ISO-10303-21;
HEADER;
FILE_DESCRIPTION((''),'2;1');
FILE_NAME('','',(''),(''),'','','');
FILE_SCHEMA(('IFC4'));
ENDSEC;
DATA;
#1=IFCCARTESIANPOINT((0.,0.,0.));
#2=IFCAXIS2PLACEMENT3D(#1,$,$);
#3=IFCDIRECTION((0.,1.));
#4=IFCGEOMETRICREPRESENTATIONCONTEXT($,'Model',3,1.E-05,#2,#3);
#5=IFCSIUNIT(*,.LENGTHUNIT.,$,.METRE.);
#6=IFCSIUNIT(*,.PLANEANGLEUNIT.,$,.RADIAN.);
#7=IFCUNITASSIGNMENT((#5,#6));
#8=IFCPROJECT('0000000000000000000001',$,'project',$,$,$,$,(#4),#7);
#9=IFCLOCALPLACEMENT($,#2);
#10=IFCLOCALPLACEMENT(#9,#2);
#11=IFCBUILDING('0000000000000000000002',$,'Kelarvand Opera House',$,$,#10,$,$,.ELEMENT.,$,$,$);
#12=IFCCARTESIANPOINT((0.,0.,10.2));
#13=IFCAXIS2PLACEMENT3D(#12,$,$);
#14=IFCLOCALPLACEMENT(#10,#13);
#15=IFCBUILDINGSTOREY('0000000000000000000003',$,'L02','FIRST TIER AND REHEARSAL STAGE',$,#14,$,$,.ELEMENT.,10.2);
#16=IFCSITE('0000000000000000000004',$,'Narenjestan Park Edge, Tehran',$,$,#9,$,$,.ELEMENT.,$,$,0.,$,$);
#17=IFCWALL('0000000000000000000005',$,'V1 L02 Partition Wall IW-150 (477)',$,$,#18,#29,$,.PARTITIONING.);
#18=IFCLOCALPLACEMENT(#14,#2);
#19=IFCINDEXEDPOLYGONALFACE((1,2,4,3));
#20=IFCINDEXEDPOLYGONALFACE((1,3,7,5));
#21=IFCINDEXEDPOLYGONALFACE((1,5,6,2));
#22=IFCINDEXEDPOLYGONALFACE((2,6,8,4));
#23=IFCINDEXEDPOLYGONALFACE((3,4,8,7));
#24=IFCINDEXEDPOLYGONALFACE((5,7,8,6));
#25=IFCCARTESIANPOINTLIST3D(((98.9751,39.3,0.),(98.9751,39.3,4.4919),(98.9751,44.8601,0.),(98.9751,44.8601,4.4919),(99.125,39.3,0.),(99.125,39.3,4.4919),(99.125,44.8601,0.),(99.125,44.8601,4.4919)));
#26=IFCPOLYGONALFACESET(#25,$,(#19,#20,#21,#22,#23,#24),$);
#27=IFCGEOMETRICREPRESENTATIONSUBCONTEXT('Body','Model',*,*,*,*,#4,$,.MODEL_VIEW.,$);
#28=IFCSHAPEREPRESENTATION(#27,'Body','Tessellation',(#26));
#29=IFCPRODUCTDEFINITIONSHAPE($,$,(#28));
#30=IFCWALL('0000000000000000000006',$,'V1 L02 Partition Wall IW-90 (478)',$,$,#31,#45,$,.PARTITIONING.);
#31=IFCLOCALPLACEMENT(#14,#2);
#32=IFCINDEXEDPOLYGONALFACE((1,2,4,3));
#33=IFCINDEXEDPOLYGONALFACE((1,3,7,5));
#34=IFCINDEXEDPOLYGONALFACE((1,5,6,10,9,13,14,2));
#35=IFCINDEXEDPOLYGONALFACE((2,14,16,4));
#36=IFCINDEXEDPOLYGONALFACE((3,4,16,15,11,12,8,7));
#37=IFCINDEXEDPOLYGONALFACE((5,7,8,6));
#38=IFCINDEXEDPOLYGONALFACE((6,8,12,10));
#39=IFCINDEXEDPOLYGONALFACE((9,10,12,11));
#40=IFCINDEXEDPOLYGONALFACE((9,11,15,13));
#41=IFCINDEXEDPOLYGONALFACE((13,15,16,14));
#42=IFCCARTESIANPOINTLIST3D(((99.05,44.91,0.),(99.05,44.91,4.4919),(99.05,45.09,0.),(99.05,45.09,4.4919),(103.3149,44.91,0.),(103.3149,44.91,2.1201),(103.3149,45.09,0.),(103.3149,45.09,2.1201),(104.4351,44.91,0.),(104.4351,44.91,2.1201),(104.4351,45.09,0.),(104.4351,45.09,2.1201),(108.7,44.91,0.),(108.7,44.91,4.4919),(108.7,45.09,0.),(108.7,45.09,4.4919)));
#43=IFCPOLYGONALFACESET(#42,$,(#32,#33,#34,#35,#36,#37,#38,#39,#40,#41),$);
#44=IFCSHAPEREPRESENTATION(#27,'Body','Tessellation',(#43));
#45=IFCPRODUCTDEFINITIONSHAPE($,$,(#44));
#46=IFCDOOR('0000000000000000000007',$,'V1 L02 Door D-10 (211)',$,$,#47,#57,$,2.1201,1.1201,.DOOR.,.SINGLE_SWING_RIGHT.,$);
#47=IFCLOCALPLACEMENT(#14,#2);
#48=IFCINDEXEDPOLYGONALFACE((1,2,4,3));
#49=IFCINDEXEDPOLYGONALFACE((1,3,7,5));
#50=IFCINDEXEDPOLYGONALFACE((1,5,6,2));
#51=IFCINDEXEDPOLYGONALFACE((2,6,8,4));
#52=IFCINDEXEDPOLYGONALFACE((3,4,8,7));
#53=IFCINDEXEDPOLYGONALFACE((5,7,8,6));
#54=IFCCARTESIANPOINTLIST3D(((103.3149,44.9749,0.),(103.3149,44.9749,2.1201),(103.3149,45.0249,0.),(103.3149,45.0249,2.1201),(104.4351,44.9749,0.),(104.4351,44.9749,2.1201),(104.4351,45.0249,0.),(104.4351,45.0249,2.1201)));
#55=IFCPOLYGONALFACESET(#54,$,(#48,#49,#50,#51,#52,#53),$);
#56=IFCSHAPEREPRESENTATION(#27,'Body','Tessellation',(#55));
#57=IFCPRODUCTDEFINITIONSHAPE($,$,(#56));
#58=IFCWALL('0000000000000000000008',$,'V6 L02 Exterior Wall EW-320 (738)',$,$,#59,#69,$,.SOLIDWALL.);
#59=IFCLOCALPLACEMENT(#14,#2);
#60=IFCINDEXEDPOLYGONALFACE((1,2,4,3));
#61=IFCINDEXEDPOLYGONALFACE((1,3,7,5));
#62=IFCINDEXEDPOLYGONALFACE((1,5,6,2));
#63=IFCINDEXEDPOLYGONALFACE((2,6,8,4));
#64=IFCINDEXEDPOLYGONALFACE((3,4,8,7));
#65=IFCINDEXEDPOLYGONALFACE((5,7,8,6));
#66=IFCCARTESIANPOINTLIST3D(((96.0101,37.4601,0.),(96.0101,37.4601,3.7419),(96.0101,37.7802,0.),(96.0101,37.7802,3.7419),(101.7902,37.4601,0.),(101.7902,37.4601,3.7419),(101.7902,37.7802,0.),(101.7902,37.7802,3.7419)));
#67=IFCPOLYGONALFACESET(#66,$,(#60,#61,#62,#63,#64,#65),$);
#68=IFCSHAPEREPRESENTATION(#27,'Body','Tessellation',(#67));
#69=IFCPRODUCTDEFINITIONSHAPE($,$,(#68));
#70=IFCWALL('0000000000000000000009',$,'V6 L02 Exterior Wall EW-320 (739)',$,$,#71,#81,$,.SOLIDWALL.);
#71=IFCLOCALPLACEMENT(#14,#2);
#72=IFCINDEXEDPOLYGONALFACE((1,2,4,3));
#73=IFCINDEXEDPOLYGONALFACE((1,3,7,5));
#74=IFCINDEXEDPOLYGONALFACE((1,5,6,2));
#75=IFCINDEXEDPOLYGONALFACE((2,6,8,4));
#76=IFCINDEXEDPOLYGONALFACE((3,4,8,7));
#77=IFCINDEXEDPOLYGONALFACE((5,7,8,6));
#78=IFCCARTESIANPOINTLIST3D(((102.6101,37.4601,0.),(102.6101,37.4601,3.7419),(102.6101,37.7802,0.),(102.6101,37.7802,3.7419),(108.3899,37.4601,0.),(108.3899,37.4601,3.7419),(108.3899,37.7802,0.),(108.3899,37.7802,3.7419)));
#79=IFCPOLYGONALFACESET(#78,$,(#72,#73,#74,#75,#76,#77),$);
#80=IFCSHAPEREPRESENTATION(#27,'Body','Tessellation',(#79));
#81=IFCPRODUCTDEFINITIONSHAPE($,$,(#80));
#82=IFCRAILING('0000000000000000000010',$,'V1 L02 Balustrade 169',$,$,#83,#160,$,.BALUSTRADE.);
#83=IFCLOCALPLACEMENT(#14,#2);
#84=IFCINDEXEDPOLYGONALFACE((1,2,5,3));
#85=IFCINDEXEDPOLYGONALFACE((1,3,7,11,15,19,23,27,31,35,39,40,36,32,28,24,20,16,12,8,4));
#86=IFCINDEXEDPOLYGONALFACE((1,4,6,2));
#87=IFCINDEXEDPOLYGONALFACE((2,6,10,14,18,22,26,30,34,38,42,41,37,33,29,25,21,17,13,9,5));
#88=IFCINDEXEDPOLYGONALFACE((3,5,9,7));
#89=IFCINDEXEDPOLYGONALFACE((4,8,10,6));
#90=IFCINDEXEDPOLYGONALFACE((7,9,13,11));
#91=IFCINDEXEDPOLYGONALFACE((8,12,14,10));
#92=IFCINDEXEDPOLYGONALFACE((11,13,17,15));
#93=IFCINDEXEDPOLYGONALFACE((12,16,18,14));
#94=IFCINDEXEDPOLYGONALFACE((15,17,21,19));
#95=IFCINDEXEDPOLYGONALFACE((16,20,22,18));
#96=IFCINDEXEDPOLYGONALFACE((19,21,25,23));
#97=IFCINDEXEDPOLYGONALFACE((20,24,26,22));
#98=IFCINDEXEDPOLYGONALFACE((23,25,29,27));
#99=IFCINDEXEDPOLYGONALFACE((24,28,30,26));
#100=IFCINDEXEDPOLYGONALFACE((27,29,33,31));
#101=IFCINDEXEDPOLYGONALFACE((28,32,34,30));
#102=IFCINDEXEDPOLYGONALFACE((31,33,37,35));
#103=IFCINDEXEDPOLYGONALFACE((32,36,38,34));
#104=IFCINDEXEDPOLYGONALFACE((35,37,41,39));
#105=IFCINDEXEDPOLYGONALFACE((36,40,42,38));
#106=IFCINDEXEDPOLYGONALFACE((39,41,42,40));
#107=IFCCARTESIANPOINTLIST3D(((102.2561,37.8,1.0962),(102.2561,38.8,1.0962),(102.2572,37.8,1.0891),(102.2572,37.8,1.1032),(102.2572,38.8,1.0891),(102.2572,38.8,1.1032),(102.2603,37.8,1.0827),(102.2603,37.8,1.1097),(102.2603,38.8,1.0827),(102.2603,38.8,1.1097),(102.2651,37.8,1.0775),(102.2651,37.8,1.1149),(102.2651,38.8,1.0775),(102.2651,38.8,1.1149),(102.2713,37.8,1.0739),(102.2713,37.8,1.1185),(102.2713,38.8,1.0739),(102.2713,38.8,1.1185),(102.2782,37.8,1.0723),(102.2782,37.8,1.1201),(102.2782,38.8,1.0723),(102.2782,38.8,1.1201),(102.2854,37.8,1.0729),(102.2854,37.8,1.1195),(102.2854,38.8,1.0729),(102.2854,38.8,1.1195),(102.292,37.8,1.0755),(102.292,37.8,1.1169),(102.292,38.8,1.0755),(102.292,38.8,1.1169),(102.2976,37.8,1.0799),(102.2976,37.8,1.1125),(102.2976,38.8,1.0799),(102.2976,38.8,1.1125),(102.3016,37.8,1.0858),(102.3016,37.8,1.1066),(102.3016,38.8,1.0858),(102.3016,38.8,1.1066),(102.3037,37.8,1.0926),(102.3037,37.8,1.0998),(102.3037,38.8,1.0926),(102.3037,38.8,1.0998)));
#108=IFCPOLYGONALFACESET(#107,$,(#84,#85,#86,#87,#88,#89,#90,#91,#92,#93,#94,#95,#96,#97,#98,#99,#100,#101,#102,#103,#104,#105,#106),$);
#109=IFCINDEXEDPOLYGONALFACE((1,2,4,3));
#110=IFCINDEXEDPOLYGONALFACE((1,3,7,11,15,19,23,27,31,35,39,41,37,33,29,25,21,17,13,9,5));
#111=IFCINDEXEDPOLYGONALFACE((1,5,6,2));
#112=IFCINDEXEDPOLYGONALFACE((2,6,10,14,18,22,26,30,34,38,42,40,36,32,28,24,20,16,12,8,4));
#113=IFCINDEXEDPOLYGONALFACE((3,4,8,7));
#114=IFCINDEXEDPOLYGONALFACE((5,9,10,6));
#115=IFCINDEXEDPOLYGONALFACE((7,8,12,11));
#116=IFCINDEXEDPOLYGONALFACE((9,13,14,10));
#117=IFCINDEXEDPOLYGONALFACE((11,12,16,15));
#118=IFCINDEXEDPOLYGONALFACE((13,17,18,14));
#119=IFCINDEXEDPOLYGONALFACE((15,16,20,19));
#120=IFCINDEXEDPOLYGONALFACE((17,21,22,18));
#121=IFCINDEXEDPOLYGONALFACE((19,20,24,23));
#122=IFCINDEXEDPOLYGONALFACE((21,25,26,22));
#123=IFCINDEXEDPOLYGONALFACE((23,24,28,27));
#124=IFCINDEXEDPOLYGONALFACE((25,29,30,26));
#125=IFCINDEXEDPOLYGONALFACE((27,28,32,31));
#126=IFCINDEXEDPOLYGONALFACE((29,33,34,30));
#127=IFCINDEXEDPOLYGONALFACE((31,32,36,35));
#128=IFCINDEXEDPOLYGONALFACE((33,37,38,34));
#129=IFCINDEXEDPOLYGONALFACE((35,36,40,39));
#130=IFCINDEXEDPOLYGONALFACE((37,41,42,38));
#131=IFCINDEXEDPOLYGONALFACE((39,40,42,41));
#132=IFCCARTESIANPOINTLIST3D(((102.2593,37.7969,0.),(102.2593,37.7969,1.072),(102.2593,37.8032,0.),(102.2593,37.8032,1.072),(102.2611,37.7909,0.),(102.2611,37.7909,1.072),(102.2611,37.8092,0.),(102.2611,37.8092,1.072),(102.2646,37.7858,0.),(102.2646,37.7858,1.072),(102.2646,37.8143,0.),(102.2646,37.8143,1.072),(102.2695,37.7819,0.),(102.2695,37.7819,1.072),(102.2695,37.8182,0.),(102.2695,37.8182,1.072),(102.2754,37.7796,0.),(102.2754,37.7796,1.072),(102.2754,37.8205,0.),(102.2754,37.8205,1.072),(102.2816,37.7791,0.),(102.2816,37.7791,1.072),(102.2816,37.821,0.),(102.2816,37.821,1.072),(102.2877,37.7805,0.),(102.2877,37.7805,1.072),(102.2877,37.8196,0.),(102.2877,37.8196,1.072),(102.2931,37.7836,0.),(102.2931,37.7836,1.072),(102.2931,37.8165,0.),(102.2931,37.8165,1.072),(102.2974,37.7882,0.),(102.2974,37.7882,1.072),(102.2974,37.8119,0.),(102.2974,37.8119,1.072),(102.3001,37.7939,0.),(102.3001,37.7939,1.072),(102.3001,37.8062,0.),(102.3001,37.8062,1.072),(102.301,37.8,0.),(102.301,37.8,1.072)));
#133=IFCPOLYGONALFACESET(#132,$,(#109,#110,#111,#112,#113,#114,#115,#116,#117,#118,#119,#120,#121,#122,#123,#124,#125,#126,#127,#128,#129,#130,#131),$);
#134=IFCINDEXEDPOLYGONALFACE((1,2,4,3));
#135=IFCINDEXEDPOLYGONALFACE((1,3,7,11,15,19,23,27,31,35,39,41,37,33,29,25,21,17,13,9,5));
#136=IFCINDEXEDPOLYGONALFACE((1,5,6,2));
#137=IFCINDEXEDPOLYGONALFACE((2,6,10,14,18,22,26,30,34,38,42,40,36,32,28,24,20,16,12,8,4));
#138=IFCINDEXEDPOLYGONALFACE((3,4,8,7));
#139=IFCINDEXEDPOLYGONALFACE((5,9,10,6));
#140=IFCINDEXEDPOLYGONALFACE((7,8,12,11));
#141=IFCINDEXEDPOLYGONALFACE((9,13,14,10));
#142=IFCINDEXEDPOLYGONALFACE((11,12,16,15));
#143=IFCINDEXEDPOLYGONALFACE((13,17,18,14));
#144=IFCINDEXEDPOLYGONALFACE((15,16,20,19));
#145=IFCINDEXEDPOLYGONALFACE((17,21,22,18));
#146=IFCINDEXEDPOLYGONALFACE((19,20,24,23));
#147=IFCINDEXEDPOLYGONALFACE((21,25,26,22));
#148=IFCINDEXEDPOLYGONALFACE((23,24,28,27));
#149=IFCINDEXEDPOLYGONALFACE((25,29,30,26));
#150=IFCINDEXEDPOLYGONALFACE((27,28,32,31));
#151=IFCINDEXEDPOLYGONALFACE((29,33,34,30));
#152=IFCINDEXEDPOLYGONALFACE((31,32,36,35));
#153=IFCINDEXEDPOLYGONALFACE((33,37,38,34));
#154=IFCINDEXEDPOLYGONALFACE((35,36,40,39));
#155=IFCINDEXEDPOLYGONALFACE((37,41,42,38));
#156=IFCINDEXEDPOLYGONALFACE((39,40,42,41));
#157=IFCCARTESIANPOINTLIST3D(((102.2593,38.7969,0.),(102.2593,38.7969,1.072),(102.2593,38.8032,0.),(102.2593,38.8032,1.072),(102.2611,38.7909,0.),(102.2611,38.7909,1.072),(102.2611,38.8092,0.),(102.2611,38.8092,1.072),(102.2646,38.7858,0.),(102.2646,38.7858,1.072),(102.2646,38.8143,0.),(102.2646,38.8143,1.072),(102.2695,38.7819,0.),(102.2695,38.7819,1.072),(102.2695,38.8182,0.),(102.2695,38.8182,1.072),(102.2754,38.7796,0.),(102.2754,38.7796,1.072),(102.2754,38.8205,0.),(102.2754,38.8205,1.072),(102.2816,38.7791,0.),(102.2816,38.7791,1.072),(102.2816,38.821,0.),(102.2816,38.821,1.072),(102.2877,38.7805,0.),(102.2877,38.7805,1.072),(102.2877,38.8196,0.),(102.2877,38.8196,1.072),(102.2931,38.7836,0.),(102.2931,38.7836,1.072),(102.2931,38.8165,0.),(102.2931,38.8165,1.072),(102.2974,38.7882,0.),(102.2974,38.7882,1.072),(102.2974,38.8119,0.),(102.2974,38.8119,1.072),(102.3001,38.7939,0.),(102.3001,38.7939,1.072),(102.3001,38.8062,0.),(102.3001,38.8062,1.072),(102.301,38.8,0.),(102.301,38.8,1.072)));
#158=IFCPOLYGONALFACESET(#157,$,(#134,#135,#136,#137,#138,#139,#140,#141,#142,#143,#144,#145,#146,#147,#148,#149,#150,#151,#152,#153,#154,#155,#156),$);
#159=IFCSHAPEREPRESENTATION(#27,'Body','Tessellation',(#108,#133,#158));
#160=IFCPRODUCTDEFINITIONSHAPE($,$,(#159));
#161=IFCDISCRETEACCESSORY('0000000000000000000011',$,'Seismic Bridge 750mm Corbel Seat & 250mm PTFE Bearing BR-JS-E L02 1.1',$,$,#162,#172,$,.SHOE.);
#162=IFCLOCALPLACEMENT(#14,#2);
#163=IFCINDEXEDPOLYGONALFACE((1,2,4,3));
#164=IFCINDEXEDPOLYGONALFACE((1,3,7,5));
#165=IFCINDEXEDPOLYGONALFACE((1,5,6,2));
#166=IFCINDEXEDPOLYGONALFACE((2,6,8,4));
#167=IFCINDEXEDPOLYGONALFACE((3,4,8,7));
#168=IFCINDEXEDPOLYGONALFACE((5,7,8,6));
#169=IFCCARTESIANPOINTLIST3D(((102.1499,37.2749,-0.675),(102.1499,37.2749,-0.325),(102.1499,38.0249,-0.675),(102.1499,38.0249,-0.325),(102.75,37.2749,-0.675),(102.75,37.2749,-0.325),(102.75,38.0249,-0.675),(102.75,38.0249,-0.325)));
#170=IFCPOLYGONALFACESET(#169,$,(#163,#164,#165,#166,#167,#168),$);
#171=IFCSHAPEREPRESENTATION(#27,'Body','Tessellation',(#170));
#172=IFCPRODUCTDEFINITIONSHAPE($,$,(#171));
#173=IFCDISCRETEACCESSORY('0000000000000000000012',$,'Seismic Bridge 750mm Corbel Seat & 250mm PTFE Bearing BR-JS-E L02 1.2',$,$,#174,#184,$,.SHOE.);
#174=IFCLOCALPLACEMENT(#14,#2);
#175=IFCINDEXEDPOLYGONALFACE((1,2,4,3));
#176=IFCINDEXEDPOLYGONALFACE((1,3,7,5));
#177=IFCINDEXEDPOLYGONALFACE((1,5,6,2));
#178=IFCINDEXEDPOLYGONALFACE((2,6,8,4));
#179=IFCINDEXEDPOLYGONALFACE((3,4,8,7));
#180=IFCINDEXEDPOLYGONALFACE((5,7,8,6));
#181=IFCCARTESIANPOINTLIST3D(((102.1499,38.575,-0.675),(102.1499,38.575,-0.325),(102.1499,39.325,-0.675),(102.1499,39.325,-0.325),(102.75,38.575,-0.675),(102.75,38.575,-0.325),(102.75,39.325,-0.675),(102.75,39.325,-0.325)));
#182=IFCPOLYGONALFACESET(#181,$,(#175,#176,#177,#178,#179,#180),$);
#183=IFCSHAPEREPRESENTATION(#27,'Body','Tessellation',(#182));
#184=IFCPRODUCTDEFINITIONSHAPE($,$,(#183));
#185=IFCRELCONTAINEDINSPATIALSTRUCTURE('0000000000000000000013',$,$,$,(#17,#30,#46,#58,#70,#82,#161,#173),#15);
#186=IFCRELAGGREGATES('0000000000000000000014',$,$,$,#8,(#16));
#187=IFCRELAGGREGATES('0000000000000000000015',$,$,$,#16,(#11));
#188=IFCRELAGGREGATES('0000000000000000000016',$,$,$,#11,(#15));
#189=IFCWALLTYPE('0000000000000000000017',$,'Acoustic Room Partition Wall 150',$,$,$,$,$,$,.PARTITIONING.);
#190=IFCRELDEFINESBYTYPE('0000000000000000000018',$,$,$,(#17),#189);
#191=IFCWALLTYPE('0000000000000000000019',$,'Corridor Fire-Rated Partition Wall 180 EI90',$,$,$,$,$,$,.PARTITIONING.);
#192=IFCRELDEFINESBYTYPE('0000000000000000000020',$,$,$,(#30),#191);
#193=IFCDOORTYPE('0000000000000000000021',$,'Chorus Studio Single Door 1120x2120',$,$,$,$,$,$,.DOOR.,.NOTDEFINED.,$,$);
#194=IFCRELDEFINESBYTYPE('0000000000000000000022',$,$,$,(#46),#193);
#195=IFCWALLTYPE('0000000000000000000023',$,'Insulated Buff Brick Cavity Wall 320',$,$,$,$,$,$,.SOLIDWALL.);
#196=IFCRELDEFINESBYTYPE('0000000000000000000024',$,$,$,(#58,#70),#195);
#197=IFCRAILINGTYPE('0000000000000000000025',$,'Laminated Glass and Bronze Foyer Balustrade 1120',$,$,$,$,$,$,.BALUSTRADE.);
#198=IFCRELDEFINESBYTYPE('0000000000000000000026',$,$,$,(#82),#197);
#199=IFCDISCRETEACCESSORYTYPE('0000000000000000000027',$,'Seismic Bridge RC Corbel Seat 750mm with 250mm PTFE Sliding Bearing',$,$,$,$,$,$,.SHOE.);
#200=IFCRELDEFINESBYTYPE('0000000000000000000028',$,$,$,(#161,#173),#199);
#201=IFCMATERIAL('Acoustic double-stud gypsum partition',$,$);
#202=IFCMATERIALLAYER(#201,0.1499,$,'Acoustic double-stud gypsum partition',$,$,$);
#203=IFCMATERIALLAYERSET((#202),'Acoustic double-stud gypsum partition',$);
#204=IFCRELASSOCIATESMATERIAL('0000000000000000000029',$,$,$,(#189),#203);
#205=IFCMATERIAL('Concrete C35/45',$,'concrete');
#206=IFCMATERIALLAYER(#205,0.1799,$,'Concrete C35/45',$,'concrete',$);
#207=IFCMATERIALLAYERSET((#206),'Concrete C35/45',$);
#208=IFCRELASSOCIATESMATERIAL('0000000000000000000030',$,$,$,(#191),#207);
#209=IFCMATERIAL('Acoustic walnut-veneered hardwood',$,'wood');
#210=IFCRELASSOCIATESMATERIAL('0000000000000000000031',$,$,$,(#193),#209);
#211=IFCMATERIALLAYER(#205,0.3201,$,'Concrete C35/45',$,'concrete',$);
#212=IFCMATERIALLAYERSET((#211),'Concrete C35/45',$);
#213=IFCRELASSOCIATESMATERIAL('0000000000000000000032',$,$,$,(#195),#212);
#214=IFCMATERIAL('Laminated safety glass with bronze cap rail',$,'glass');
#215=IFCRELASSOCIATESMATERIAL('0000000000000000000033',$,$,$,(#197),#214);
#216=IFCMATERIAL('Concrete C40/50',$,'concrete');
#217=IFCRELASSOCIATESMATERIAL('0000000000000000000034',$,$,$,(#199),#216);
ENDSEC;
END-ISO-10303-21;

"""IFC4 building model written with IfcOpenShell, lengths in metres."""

from ifc_helpers import new_model, si_unit, direction, frame, frame_2d, origin, origin_2d, place, context, subcontext, project, spatial, rectangle, circle, extrude, material, layer, layer_set, type_object, element, fill, save


model = new_model("IFC4")

# Units and contexts
model_context = context("Model", 3, precision=1e-05, world=origin(), true_north=direction((0.0, 1.0)))
body_context = subcontext(model_context, "Body", "Model", "MODEL_VIEW")
ifc_project = project(units=[si_unit("LENGTHUNIT", "METRE"), si_unit("PLANEANGLEUNIT", "RADIAN")], contexts=[model_context])

# Site, building, storey
site_placement = place(None, origin())
site = spatial("IfcSite", under=ifc_project, at=site_placement, Name="Narenjestan Park Edge, Tehran", CompositionType="ELEMENT", RefElevation=0.0)
building_placement = place(site_placement, origin())
building = spatial("IfcBuilding", under=site, at=building_placement, Name="Kelarvand Opera House", CompositionType="ELEMENT")
storey_placement = place(building_placement, frame((0.0, 0.0, 10.2)))
storey = spatial("IfcBuildingStorey", under=building, at=storey_placement, Name="L02", Description="FIRST TIER AND REHEARSAL STAGE", CompositionType="ELEMENT", Elevation=10.2)

# Shared definitions
ifc_material_1 = material(Name="Concrete C40/50", Category="concrete")

# Wall
ifc_material_2 = material(Name="Concrete C35/45", Category="concrete")
ifc_material_3 = material(Name="Acoustic double-stud gypsum partition")
ifc_layer_1 = layer(ifc_material_3, 0.1499, Name="Acoustic double-stud gypsum partition")
ifc_layer_set_1 = layer_set([ifc_layer_1], Name="Acoustic double-stud gypsum partition")
wall_type_1 = type_object("IfcWallType", Name="Acoustic Room Partition Wall 150", PredefinedType="PARTITIONING", material=ifc_layer_set_1)
wall_1_placement = place(storey_placement, frame((99.05, 39.3, 0.0), z_axis=(0.0, 0.0, 1.0), x_axis=(0.0, 1.0, 0.0)))
element("IfcWall", 1, at=wall_1_placement, inside=storey, type_object=wall_type_1, Name="V1 L02 Partition Wall IW-150 (477)", PredefinedType="PARTITIONING", context=body_context, shape_type="SweptSolid", body=[
    extrude(rectangle(XDim=5.5601, YDim=0.1499, at=frame_2d((2.78, 0.0))), origin(), (0.0, 0.0, 1.0), 4.4919),
])

# Wall, opening, door
ifc_layer_2 = layer(ifc_material_2, 0.1799, Name="Concrete C35/45", Category="concrete")
ifc_layer_set_2 = layer_set([ifc_layer_2], Name="Concrete C35/45")
wall_type_2 = type_object("IfcWallType", Name="Corridor Fire-Rated Partition Wall 180 EI90", PredefinedType="PARTITIONING", material=ifc_layer_set_2)
wall_2_placement = place(storey_placement, frame((99.05, 45.0, 0.0), z_axis=(0.0, 0.0, 1.0), x_axis=(1.0, 0.0, 0.0)))
wall_2 = element("IfcWall", 2, at=wall_2_placement, inside=storey, type_object=wall_type_2, Name="V1 L02 Partition Wall IW-90 (478)", PredefinedType="PARTITIONING", context=body_context, shape_type="SweptSolid", body=[
    extrude(rectangle(XDim=9.6499, YDim=0.1799, at=frame_2d((4.825, 0.0))), origin(), (0.0, 0.0, 1.0), 4.4919),
])
opening_placement = place(wall_2_placement, frame((4.2649, 0.0, 0.0)))
opening = element("IfcOpeningElement", 3, at=opening_placement, cuts=wall_2, PredefinedType="OPENING", context=body_context, shape_type="SweptSolid", body=[
    extrude(rectangle(XDim=1.1201, YDim=2.1201, at=frame_2d((0.5601, 1.0601))), frame((0.0, 0.1001, 0.0), z_axis=(0.0, -1.0, 0.0), x_axis=(1.0, 0.0, 0.0)), (0.0, 0.0, 1.0), 0.2),
])
ifc_material_4 = material(Name="Acoustic walnut-veneered hardwood", Category="wood")
door_type = type_object("IfcDoorType", Name="Chorus Studio Single Door 1120x2120", OperationType="NOTDEFINED", PredefinedType="DOOR", material=ifc_material_4)
door_placement = place(opening_placement, origin())
door = element("IfcDoor", 4, at=door_placement, inside=storey, type_object=door_type, Name="V1 L02 Door D-10 (211)", OperationType="SINGLE_SWING_RIGHT", OverallHeight=2.1201, OverallWidth=1.1201, PredefinedType="DOOR", context=body_context, shape_type="SweptSolid", body=[
    extrude(rectangle(XDim=1.1201, YDim=2.1201, at=frame_2d((0.5601, 1.0601))), frame((0.0, 0.0249, 0.0), z_axis=(0.0, -1.0, 0.0), x_axis=(1.0, 0.0, 0.0)), (0.0, 0.0, 1.0), 0.05),
])
fill(opening, door)

# Walls
ifc_layer_3 = layer(ifc_material_2, 0.3201, Name="Concrete C35/45", Category="concrete")
ifc_layer_set_3 = layer_set([ifc_layer_3], Name="Concrete C35/45")
wall_type_3 = type_object("IfcWallType", Name="Insulated Buff Brick Cavity Wall 320", PredefinedType="SOLIDWALL", material=ifc_layer_set_3)
wall_3_placement = place(storey_placement, frame((96.01, 37.6201, 0.0), z_axis=(0.0, 0.0, 1.0), x_axis=(1.0, 0.0, 0.0)))
element("IfcWall", 5, at=wall_3_placement, inside=storey, type_object=wall_type_3, Name="V6 L02 Exterior Wall EW-320 (738)", PredefinedType="SOLIDWALL", context=body_context, shape_type="SweptSolid", body=[
    extrude(rectangle(XDim=5.78, YDim=0.3201, at=frame_2d((2.8901, 0.0))), origin(), (0.0, 0.0, 1.0), 3.7419),
])
wall_4_placement = place(storey_placement, frame((102.6101, 37.6201, 0.0), z_axis=(0.0, 0.0, 1.0), x_axis=(1.0, 0.0, 0.0)))
element("IfcWall", 6, at=wall_4_placement, inside=storey, type_object=wall_type_3, Name="V6 L02 Exterior Wall EW-320 (739)", PredefinedType="SOLIDWALL", context=body_context, shape_type="SweptSolid", body=[
    extrude(rectangle(XDim=5.7798, YDim=0.3201, at=frame_2d((2.8899, 0.0))), origin(), (0.0, 0.0, 1.0), 3.7419),
])

# Railing
ifc_material_5 = material(Name="Laminated safety glass with bronze cap rail", Category="glass")
railing_type = type_object("IfcRailingType", Name="Laminated Glass and Bronze Foyer Balustrade 1120", PredefinedType="BALUSTRADE", material=ifc_material_5)
railing_placement = place(storey_placement, frame((102.28, 37.8, 0.0)))
element("IfcRailing", 7, at=railing_placement, inside=storey, type_object=railing_type, Name="V1 L02 Balustrade 169", PredefinedType="BALUSTRADE", context=body_context, shape_type="SweptSolid", body=[
    extrude(circle(Radius=0.0239, at=origin_2d()), frame((0.0, 0.0, 1.0962), z_axis=(0.0, 1.0, 0.0), x_axis=(-1.0, 0.0, 0.0)), (0.0, 0.0, 1.0), 1.0),
    extrude(circle(Radius=0.021, at=origin_2d()), origin(), (0.0, 0.0, 1.0), 1.072),
    extrude(circle(Radius=0.021, at=origin_2d()), frame((0.0, 1.0, 0.0)), (0.0, 0.0, 1.0), 1.072),
])

# Discrete accessories
discrete_accessory_type_1 = type_object("IfcDiscreteAccessoryType", Name="Seismic Bridge RC Corbel Seat 750mm with 250mm PTFE Sliding Bearing", PredefinedType="SHOE", material=ifc_material_1)
for number, where, z_axis, x_axis, name in (
    (8, (102.45, 37.6499, -0.675), (0.0, 0.0, 1.0), (0.0, 1.0, 0.0), "Seismic Bridge 750mm Corbel Seat & 250mm PTFE Bearing BR-JS-E L02 1.1"),
    (9, (102.45, 38.95, -0.675), (0.0, 0.0, 1.0), (0.0, 1.0, 0.0), "Seismic Bridge 750mm Corbel Seat & 250mm PTFE Bearing BR-JS-E L02 1.2"),
):
    element("IfcDiscreteAccessory", number, at=place(storey_placement, frame(where, z_axis=z_axis, x_axis=x_axis)), inside=storey, type_object=discrete_accessory_type_1, Name=name, PredefinedType="SHOE", context=body_context, shape_type="SweptSolid", body=[
        extrude(rectangle(XDim=0.75, YDim=0.6001, at=origin_2d()), origin(), (0.0, 0.0, 1.0), 0.3501),
    ])

save(model, "model.ifc")
